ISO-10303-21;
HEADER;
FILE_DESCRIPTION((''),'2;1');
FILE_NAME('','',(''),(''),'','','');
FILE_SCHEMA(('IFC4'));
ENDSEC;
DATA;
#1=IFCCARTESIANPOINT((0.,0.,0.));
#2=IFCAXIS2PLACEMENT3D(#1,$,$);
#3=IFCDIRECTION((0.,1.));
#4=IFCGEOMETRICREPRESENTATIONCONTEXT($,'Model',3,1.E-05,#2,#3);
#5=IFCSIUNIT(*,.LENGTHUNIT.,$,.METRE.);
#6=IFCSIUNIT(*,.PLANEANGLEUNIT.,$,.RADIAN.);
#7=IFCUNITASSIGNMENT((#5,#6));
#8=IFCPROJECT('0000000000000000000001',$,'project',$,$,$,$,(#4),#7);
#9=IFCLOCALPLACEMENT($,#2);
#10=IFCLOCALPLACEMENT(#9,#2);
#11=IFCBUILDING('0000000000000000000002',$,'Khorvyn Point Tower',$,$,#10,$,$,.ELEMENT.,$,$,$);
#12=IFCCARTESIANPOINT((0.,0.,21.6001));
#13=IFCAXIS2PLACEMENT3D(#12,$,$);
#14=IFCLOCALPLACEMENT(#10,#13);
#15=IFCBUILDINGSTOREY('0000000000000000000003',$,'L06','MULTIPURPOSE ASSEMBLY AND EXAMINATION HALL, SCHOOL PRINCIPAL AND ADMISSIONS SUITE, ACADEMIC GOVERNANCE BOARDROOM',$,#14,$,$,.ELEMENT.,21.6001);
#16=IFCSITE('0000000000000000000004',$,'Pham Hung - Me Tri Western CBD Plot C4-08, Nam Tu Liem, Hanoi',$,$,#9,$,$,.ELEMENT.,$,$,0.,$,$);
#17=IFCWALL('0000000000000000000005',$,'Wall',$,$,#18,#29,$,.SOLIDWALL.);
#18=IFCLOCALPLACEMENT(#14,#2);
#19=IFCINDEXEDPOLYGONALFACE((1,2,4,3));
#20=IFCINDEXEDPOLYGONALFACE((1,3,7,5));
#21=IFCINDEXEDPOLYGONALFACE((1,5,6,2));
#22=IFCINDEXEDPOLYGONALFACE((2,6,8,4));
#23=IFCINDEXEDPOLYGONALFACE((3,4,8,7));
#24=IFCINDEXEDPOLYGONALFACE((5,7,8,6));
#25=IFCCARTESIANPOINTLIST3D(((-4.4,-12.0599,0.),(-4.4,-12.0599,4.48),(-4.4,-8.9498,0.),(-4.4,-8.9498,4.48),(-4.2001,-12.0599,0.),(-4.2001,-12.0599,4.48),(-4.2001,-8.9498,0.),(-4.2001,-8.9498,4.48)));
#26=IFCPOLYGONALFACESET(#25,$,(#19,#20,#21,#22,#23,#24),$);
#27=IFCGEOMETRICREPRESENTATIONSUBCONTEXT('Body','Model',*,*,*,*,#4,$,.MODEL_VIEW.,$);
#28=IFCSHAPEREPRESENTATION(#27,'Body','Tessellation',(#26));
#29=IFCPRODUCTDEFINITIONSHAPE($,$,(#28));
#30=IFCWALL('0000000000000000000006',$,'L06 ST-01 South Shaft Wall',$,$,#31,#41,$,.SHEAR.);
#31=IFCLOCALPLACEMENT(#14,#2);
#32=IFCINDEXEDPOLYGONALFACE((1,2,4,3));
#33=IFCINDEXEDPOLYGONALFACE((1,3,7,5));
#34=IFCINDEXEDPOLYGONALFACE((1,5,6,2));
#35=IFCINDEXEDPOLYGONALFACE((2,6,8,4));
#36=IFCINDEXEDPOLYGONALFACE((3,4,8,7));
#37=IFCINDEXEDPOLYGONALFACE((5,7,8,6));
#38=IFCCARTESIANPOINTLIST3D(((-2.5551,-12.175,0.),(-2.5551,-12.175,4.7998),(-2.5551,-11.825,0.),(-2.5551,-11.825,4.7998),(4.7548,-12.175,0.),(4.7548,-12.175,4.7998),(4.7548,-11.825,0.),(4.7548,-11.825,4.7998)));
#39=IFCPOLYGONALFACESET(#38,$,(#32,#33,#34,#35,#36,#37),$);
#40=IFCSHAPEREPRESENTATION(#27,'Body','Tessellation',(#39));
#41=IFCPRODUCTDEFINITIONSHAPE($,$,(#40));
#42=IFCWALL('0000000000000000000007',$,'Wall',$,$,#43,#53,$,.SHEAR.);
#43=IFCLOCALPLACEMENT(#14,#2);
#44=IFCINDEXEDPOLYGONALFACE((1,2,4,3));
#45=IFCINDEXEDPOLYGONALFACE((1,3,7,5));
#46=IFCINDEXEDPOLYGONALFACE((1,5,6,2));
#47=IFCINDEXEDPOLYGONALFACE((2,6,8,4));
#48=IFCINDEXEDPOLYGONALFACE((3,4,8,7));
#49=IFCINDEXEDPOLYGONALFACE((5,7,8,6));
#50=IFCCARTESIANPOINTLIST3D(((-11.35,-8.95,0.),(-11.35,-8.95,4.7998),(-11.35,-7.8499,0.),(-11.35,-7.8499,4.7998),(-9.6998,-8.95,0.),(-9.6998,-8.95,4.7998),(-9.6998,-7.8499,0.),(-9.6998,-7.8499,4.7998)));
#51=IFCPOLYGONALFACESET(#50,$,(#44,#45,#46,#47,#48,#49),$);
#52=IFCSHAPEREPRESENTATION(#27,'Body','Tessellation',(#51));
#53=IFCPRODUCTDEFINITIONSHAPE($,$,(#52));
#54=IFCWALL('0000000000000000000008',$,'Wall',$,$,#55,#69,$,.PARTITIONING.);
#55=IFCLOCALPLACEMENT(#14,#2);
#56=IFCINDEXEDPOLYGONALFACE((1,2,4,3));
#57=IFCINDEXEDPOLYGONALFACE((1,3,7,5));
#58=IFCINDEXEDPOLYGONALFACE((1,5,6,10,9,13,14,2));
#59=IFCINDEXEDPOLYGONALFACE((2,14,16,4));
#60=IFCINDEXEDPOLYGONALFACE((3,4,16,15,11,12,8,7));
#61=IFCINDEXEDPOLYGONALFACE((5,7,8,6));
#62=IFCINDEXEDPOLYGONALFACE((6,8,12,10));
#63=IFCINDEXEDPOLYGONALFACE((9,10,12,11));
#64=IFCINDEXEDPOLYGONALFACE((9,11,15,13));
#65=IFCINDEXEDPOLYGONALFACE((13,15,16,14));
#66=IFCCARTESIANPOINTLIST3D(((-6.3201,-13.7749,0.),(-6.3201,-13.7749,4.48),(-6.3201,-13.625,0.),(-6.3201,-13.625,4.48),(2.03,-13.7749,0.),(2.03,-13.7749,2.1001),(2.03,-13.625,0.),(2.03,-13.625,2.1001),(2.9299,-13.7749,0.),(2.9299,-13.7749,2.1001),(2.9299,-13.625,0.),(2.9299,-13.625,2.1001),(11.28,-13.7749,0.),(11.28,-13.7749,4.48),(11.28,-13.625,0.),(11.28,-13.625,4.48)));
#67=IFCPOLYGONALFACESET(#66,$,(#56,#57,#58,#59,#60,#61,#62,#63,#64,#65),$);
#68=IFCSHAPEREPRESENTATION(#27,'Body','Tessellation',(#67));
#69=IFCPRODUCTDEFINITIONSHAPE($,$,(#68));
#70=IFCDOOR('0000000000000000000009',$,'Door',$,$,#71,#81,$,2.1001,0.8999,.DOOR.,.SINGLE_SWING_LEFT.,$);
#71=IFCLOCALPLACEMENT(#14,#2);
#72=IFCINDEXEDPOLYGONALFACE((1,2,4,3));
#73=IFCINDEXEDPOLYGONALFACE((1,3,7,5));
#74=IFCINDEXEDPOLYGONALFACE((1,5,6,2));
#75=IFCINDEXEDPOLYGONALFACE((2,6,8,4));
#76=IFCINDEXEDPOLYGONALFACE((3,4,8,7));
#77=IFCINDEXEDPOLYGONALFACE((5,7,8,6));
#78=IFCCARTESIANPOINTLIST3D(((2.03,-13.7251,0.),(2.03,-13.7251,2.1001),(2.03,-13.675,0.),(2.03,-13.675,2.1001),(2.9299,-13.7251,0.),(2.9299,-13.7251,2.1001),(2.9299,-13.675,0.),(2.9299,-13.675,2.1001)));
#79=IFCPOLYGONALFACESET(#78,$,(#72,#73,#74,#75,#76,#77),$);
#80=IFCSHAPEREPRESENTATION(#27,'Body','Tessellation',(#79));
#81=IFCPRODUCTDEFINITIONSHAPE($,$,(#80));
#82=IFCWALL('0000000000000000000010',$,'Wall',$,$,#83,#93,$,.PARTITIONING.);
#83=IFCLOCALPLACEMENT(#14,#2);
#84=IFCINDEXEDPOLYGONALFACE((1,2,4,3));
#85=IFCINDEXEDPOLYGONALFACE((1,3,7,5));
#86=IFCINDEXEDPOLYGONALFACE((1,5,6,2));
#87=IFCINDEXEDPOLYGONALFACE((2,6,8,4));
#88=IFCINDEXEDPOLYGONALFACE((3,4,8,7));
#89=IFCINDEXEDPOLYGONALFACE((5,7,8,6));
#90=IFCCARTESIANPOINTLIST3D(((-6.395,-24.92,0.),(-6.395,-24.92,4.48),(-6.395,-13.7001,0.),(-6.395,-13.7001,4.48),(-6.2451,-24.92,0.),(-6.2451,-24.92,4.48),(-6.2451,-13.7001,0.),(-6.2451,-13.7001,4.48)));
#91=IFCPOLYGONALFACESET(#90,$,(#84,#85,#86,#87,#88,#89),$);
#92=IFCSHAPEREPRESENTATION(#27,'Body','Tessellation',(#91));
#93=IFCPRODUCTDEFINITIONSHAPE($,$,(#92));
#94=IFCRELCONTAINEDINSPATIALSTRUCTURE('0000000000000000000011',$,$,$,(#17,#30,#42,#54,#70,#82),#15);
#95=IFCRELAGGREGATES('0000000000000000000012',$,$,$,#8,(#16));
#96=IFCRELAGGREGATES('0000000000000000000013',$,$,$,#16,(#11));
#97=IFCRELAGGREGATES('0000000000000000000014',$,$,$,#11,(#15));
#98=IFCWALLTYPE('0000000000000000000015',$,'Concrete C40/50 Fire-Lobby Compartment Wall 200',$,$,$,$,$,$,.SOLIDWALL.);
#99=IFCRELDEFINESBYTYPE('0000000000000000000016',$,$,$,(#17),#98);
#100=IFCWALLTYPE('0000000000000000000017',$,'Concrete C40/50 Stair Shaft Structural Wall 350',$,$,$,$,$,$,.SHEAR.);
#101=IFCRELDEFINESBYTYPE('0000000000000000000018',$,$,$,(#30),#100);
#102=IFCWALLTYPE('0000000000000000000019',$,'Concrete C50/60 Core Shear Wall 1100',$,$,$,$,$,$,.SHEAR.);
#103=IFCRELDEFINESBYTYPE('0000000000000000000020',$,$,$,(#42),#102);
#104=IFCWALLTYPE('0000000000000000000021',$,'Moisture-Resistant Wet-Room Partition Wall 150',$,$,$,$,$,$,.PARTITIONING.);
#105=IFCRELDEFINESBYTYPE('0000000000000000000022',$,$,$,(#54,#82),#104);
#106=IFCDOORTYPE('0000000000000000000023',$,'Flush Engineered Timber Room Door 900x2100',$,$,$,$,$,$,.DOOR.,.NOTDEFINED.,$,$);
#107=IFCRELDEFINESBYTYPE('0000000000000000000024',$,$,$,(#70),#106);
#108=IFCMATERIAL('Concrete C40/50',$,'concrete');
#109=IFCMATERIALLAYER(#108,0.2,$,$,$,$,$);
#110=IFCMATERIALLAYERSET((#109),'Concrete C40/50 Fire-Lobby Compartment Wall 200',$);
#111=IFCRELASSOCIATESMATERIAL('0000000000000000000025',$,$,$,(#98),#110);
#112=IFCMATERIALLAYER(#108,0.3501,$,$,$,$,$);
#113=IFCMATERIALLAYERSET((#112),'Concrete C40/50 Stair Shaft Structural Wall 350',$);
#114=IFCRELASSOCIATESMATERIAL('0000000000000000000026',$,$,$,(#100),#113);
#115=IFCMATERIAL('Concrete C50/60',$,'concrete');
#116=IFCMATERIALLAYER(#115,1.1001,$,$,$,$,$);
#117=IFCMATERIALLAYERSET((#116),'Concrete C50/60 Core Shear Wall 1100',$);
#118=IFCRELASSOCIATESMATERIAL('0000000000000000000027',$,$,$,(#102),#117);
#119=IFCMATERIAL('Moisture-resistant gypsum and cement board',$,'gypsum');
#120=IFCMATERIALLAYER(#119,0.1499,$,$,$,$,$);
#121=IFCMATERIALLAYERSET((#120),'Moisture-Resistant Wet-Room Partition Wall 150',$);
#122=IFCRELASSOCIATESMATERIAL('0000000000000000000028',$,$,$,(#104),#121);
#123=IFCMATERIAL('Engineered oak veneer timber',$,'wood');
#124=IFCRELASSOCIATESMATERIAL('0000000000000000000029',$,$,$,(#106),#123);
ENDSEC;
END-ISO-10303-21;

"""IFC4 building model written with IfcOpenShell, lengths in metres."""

from ifc_helpers import new_model, si_unit, direction, frame, frame_2d, origin, place, context, subcontext, project, spatial, rectangle, extrude, material, layer, layer_set, type_object, element, fill, save


model = new_model("IFC4")

# Units and contexts
model_context = context("Model", 3, precision=1e-05, world=origin(), true_north=direction((0.0, 1.0)))
body_context = subcontext(model_context, "Body", "Model", "MODEL_VIEW")
ifc_project = project(units=[si_unit("LENGTHUNIT", "METRE"), si_unit("PLANEANGLEUNIT", "RADIAN")], contexts=[model_context])

# Site, building, storey
site_placement = place(None, origin())
site = spatial("IfcSite", under=ifc_project, at=site_placement, Name="Pham Hung - Me Tri Western CBD Plot C4-08, Nam Tu Liem, Hanoi", CompositionType="ELEMENT", RefElevation=0.0)
building_placement = place(site_placement, origin())
building = spatial("IfcBuilding", under=site, at=building_placement, Name="Khorvyn Point Tower", CompositionType="ELEMENT")
storey_placement = place(building_placement, frame((0.0, 0.0, 21.6001)))
storey = spatial("IfcBuildingStorey", under=building, at=storey_placement, Name="L06", Description="MULTIPURPOSE ASSEMBLY AND EXAMINATION HALL, SCHOOL PRINCIPAL AND ADMISSIONS SUITE, ACADEMIC GOVERNANCE BOARDROOM", CompositionType="ELEMENT", Elevation=21.6001)

# Shared definitions
ifc_material_1 = material(Name="Concrete C40/50", Category="concrete")
ifc_material_2 = material(Name="Concrete C50/60", Category="concrete")

# Shared definitions
ifc_layer_1 = layer(ifc_material_1, 0.2)
ifc_layer_set_1 = layer_set([ifc_layer_1], Name="Concrete C40/50 Fire-Lobby Compartment Wall 200")
wall_type_1 = type_object("IfcWallType", Name="Concrete C40/50 Fire-Lobby Compartment Wall 200", PredefinedType="SOLIDWALL", material=ifc_layer_set_1)

# Walls
wall_1_placement = place(storey_placement, frame((-4.3, -12.0601, 0.0), z_axis=(0.0, 0.0, 1.0), x_axis=(0.0, 1.0, 0.0)))
element("IfcWall", 1, at=wall_1_placement, inside=storey, type_object=wall_type_1, Name="Wall", PredefinedType="SOLIDWALL", context=body_context, shape_type="SweptSolid", body=[
    extrude(rectangle(XDim=3.1101, YDim=0.2, at=frame_2d((1.5552, 0.0))), origin(), (0.0, 0.0, 1.0), 4.48),
])
ifc_layer_2 = layer(ifc_material_1, 0.3501)
ifc_layer_set_2 = layer_set([ifc_layer_2], Name="Concrete C40/50 Stair Shaft Structural Wall 350")
wall_type_2 = type_object("IfcWallType", Name="Concrete C40/50 Stair Shaft Structural Wall 350", PredefinedType="SHEAR", material=ifc_layer_set_2)
wall_2_placement = place(storey_placement, frame((-2.5549, -12.0, 0.0), z_axis=(0.0, 0.0, 1.0), x_axis=(1.0, 0.0, 0.0)))
element("IfcWall", 2, at=wall_2_placement, inside=storey, type_object=wall_type_2, Name="L06 ST-01 South Shaft Wall", PredefinedType="SHEAR", context=body_context, shape_type="SweptSolid", body=[
    extrude(rectangle(XDim=7.3098, YDim=0.3501, at=frame_2d((3.6548, 0.0))), origin(), (0.0, 0.0, 1.0), 4.7998),
])
ifc_layer_3 = layer(ifc_material_2, 1.1001)
ifc_layer_set_3 = layer_set([ifc_layer_3], Name="Concrete C50/60 Core Shear Wall 1100")
wall_type_3 = type_object("IfcWallType", Name="Concrete C50/60 Core Shear Wall 1100", PredefinedType="SHEAR", material=ifc_layer_set_3)
wall_3_placement = place(storey_placement, frame((-11.3501, -8.3999, 0.0), z_axis=(0.0, 0.0, 1.0), x_axis=(1.0, 0.0, 0.0)))
element("IfcWall", 3, at=wall_3_placement, inside=storey, type_object=wall_type_3, Name="Wall", PredefinedType="SHEAR", context=body_context, shape_type="SweptSolid", body=[
    extrude(rectangle(XDim=1.6501, YDim=1.1001, at=frame_2d((0.8252, 0.0))), origin(), (0.0, 0.0, 1.0), 4.7998),
])

# Wall, opening, door
ifc_material_3 = material(Name="Moisture-resistant gypsum and cement board", Category="gypsum")
ifc_layer_4 = layer(ifc_material_3, 0.1499)
ifc_layer_set_4 = layer_set([ifc_layer_4], Name="Moisture-Resistant Wet-Room Partition Wall 150")
wall_type_4 = type_object("IfcWallType", Name="Moisture-Resistant Wet-Room Partition Wall 150", PredefinedType="PARTITIONING", material=ifc_layer_set_4)
wall_4_placement = place(storey_placement, frame((-6.3201, -13.7, 0.0), z_axis=(0.0, 0.0, 1.0), x_axis=(1.0, 0.0, 0.0)))
wall_4 = element("IfcWall", 4, at=wall_4_placement, inside=storey, type_object=wall_type_4, Name="Wall", PredefinedType="PARTITIONING", context=body_context, shape_type="SweptSolid", body=[
    extrude(rectangle(XDim=17.6001, YDim=0.1499, at=frame_2d((8.8, 0.0))), origin(), (0.0, 0.0, 1.0), 4.48),
])
opening_1_placement = place(wall_4_placement, frame((8.3501, 0.0, 0.0)))
opening_1 = element("IfcOpeningElement", 5, at=opening_1_placement, cuts=wall_4, PredefinedType="OPENING", context=body_context, shape_type="SweptSolid", body=[
    extrude(rectangle(XDim=0.8999, YDim=2.1001, at=frame_2d((0.45, 1.05))), frame((0.0, 0.085, 0.0), z_axis=(0.0, -1.0, 0.0), x_axis=(1.0, 0.0, 0.0)), (0.0, 0.0, 1.0), 0.1699),
])
ifc_material_4 = material(Name="Engineered oak veneer timber", Category="wood")
door_type_1 = type_object("IfcDoorType", Name="Flush Engineered Timber Room Door 900x2100", OperationType="NOTDEFINED", PredefinedType="DOOR", material=ifc_material_4)
door_1_placement = place(opening_1_placement, origin())
door_1 = element("IfcDoor", 6, at=door_1_placement, inside=storey, type_object=door_type_1, Name="Door", OperationType="SINGLE_SWING_LEFT", OverallHeight=2.1001, OverallWidth=0.8999, PredefinedType="DOOR", context=body_context, shape_type="SweptSolid", body=[
    extrude(rectangle(XDim=0.8999, YDim=2.1001, at=frame_2d((0.45, 1.05))), frame((0.0, 0.0249, 0.0), z_axis=(0.0, -1.0, 0.0), x_axis=(1.0, 0.0, 0.0)), (0.0, 0.0, 1.0), 0.05),
])
fill(opening_1, door_1)

# Wall
wall_5_placement = place(storey_placement, frame((-6.3201, -24.9199, 0.0), z_axis=(0.0, 0.0, 1.0), x_axis=(0.0, 1.0, 0.0)))
element("IfcWall", 7, at=wall_5_placement, inside=storey, type_object=wall_type_4, Name="Wall", PredefinedType="PARTITIONING", context=body_context, shape_type="SweptSolid", body=[
    extrude(rectangle(XDim=11.22, YDim=0.1499, at=frame_2d((5.6099, 0.0))), origin(), (0.0, 0.0, 1.0), 4.48),
])

save(model, "model.ifc")
